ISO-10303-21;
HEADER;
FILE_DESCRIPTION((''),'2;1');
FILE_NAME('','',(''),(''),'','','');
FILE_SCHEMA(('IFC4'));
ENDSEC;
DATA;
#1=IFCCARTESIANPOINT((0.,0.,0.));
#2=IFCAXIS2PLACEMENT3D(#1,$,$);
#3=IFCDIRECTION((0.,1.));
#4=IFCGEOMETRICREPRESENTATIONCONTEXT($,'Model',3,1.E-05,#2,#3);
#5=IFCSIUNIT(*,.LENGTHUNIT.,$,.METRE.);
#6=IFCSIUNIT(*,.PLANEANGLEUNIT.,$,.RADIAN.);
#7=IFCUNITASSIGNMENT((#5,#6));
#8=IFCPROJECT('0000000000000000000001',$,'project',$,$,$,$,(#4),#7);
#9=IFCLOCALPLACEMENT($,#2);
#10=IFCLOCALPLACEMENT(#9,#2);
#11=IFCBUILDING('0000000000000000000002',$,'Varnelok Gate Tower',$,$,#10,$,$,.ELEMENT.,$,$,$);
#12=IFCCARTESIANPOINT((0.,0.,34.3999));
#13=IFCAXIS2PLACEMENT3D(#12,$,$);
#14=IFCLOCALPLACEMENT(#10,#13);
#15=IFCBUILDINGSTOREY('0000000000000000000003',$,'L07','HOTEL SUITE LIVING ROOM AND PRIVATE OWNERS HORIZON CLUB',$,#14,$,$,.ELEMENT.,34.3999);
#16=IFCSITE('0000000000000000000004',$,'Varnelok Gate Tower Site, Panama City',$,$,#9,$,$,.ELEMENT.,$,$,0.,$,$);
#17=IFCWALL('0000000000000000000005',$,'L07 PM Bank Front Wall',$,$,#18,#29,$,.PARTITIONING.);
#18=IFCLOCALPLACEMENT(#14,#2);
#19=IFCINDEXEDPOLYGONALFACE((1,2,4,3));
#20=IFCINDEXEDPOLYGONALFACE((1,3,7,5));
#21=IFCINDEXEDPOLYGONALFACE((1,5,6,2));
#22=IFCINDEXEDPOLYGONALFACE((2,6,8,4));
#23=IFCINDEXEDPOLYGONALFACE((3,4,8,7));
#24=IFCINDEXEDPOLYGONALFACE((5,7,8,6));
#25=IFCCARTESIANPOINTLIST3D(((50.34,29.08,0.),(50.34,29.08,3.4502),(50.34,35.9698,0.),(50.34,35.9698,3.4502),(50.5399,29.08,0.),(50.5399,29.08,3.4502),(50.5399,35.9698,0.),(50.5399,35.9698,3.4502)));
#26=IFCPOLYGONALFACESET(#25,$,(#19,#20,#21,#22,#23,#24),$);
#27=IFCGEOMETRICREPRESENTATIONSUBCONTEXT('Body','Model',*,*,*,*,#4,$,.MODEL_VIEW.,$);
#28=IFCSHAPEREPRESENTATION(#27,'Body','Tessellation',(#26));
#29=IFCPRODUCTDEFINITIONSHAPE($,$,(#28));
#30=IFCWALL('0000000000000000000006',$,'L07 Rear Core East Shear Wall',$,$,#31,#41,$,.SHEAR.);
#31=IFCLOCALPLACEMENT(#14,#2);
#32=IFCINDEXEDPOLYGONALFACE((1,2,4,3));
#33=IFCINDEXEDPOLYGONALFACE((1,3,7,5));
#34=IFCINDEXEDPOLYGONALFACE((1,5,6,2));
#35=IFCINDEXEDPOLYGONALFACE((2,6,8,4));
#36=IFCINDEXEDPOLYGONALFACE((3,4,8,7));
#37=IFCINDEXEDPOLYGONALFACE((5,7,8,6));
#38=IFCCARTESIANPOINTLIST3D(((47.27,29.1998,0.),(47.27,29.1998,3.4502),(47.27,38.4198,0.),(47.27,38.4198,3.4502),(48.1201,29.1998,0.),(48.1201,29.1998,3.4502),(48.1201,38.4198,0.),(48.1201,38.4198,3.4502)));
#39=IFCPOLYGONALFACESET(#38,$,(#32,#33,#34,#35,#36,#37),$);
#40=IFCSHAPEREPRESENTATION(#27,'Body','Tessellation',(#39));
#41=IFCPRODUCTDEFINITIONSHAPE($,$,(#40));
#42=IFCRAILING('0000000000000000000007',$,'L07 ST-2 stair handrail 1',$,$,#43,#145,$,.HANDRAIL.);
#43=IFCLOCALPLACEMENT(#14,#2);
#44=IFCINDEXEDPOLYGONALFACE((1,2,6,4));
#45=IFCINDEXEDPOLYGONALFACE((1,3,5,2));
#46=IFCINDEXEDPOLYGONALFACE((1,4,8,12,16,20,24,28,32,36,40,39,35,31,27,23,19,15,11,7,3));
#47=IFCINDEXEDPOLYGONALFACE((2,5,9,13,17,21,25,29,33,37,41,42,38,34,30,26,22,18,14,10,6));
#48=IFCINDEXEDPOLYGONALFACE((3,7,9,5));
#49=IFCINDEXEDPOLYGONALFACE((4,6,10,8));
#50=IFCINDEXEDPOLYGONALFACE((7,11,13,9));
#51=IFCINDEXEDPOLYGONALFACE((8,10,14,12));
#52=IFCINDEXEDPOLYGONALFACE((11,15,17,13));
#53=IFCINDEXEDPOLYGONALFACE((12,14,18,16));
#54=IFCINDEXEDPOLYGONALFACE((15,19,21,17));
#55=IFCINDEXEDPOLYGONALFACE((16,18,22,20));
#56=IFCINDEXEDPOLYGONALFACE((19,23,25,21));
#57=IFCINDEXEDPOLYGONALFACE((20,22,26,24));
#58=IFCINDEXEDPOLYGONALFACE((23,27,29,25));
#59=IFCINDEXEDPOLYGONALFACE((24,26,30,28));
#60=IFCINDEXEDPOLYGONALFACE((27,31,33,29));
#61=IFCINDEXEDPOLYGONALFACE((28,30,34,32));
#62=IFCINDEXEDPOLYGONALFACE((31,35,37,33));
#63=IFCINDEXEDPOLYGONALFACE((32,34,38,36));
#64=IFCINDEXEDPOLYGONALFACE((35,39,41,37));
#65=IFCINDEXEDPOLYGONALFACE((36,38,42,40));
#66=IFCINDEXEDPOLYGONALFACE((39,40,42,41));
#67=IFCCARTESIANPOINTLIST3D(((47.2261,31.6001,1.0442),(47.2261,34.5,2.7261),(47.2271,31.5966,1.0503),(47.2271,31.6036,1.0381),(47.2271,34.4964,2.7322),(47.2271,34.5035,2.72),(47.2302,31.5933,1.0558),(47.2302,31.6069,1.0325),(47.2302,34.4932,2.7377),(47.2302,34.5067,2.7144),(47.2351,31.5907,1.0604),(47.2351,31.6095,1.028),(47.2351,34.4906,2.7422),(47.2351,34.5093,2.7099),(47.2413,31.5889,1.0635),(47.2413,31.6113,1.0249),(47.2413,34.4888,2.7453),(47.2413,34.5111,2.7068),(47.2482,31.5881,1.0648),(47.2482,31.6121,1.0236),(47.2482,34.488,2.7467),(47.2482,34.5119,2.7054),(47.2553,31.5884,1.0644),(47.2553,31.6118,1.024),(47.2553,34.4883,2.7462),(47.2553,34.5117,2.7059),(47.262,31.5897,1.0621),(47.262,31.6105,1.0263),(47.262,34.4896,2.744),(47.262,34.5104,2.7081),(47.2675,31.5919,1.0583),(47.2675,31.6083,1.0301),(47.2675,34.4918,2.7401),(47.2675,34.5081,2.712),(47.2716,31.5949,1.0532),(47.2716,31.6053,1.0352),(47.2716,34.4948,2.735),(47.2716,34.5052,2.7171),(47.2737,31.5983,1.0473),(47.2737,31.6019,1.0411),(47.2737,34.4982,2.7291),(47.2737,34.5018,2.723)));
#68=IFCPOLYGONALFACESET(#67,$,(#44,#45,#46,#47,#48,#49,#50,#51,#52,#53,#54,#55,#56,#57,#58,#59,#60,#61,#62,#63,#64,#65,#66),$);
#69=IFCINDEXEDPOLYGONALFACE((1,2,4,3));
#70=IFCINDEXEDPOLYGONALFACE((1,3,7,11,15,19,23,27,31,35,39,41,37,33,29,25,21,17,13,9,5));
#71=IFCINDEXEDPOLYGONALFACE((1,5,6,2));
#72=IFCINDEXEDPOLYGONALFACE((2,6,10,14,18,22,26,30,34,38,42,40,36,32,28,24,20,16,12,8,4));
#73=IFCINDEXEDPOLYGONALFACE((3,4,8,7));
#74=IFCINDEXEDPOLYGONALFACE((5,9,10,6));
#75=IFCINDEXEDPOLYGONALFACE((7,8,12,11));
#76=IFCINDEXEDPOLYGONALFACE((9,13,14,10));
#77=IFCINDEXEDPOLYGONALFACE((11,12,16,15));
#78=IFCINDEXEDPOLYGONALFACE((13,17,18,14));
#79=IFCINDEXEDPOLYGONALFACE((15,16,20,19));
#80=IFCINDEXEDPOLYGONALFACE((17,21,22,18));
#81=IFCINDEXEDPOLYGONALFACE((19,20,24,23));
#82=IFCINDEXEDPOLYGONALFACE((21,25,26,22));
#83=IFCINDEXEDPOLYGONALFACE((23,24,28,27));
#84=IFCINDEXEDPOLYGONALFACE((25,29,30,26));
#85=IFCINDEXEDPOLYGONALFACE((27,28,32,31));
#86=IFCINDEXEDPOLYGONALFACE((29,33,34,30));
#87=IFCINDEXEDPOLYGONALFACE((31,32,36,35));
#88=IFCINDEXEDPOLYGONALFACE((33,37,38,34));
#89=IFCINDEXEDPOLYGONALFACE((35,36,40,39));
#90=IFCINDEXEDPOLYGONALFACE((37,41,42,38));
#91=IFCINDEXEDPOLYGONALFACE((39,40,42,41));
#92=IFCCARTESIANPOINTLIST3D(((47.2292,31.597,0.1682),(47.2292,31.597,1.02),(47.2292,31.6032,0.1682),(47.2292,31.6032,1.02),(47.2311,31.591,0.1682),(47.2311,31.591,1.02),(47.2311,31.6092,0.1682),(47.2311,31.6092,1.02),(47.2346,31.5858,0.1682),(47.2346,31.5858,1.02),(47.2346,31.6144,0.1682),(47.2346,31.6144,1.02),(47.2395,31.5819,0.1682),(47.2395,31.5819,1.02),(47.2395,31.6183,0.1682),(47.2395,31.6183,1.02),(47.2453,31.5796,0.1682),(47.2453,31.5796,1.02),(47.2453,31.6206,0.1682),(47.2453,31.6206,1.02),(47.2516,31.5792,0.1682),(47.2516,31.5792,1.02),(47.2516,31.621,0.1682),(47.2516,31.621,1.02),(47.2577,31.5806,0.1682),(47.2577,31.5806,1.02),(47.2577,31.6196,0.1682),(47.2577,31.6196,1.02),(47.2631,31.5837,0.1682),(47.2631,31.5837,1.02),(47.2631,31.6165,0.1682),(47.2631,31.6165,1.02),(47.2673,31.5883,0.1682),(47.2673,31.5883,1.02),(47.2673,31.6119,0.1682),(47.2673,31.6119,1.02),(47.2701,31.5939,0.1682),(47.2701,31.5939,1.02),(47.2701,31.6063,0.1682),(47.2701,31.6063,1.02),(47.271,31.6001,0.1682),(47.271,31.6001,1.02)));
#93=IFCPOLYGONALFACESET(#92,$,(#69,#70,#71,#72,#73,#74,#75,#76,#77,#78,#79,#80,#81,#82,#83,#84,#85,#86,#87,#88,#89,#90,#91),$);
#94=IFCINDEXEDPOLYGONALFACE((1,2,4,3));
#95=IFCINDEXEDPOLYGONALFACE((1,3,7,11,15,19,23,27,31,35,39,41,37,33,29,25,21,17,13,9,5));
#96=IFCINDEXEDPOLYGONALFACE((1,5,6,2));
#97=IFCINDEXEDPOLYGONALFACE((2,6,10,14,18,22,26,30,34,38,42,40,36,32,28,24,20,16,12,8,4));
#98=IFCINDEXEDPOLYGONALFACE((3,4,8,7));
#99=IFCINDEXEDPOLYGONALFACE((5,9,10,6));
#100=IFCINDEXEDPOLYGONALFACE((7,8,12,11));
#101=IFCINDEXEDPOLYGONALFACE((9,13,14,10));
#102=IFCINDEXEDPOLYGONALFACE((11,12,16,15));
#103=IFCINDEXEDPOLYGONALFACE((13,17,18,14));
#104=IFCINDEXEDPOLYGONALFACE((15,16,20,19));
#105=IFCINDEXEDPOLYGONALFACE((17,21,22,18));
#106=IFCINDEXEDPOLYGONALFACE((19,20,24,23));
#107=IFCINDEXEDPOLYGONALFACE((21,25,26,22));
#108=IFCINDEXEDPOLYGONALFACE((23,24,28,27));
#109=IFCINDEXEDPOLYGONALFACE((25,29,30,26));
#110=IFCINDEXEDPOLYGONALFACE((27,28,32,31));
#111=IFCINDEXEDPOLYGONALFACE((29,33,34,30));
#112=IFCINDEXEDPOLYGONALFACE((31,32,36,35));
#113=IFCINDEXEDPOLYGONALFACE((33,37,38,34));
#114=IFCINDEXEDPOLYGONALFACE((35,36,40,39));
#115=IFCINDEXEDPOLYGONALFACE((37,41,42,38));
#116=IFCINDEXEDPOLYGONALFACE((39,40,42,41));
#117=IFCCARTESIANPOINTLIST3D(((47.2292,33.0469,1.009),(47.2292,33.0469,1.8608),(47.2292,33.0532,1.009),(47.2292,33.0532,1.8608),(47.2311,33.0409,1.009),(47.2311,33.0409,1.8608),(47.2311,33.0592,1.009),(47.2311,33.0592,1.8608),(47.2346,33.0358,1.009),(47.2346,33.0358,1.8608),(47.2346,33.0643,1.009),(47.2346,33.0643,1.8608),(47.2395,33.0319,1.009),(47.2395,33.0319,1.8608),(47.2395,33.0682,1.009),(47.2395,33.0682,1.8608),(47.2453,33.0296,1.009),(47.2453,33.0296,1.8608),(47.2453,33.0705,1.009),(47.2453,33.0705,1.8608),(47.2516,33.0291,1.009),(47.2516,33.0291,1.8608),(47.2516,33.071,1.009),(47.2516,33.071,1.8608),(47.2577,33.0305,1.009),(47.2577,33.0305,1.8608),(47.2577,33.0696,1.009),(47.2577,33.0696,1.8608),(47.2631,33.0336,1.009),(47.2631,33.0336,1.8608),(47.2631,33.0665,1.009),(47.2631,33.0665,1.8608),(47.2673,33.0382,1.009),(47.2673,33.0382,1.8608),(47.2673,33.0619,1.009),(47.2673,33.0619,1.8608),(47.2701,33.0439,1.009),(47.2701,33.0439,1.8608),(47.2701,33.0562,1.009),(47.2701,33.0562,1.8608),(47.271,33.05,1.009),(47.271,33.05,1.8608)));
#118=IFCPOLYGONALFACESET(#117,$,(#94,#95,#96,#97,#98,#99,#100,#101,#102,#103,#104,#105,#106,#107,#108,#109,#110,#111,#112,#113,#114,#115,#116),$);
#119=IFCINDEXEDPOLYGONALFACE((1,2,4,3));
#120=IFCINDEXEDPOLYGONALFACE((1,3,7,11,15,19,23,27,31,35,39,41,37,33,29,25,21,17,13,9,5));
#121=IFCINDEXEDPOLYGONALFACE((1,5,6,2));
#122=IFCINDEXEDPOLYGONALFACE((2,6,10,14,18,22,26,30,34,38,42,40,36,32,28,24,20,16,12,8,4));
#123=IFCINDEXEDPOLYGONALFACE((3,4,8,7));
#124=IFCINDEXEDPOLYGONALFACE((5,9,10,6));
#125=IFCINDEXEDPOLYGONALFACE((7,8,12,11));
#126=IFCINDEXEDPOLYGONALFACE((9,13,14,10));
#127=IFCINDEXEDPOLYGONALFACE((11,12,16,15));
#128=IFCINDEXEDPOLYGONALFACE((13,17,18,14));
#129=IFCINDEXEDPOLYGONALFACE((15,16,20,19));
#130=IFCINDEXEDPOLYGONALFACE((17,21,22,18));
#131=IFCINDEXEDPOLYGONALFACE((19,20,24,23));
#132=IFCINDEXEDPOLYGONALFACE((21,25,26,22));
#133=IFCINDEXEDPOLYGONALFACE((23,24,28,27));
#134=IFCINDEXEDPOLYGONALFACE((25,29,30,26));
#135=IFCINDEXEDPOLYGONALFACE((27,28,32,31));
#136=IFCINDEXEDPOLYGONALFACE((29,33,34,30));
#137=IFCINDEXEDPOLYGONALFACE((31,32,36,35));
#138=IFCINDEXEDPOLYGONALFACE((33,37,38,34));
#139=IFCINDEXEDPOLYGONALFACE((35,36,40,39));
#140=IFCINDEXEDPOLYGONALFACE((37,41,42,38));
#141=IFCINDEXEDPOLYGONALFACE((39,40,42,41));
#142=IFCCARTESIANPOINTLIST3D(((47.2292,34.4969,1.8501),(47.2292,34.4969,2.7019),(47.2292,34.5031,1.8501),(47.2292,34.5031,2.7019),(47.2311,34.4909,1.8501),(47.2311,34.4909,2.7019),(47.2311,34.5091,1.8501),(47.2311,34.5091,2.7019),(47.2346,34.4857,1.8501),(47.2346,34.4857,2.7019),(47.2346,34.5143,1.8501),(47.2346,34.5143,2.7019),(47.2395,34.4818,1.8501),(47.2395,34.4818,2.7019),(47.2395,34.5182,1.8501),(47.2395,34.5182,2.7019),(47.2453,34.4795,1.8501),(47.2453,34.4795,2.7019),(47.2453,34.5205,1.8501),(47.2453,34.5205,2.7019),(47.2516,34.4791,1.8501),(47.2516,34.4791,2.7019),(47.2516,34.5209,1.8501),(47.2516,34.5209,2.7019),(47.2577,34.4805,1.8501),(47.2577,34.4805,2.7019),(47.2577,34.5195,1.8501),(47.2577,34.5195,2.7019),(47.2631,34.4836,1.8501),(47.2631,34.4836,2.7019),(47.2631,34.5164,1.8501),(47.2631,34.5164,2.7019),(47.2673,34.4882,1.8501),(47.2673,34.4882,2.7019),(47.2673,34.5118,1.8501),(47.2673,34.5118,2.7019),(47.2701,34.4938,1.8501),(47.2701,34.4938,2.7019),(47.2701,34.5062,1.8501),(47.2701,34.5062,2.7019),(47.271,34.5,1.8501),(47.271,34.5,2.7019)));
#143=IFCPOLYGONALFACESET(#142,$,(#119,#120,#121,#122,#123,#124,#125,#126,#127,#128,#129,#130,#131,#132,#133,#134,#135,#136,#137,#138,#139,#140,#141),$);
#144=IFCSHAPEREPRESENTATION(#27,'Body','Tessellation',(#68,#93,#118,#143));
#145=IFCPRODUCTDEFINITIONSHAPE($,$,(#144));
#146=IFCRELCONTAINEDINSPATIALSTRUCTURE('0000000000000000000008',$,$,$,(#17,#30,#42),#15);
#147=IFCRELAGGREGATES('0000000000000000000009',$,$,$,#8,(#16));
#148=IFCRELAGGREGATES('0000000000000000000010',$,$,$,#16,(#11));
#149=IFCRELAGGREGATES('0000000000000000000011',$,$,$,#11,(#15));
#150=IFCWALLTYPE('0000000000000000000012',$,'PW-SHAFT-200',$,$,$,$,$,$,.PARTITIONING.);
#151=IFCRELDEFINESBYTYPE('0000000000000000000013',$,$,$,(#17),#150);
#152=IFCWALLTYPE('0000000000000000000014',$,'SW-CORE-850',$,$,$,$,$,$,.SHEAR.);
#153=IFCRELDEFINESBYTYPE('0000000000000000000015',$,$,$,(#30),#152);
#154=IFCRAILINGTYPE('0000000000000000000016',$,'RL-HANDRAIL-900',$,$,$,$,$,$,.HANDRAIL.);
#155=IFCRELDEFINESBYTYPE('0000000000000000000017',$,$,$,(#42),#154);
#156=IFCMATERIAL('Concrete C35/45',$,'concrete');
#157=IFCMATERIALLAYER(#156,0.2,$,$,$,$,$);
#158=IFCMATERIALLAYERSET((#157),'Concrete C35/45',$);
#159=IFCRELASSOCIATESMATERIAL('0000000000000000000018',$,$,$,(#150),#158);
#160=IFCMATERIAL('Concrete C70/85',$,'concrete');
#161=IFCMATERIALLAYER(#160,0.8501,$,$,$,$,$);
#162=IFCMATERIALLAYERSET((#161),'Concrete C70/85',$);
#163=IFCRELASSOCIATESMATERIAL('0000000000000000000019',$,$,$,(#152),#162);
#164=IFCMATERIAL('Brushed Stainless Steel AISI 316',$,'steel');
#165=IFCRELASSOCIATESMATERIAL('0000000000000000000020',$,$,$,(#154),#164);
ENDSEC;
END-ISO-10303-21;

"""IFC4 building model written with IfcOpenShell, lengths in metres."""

from ifc_helpers import new_model, si_unit, direction, frame, frame_2d, origin, origin_2d, place, context, subcontext, project, spatial, rectangle, circle, extrude, material, layer, layer_set, type_object, element, save


model = new_model("IFC4")

# Units and contexts
model_context = context("Model", 3, precision=1e-05, world=origin(), true_north=direction((0.0, 1.0)))
body_context = subcontext(model_context, "Body", "Model", "MODEL_VIEW")
ifc_project = project(units=[si_unit("LENGTHUNIT", "METRE"), si_unit("PLANEANGLEUNIT", "RADIAN")], contexts=[model_context])

# Site, building, storey
site_placement = place(None, origin())
site = spatial("IfcSite", under=ifc_project, at=site_placement, Name="Varnelok Gate Tower Site, Panama City", CompositionType="ELEMENT", RefElevation=0.0)
building_placement = place(site_placement, origin())
building = spatial("IfcBuilding", under=site, at=building_placement, Name="Varnelok Gate Tower", CompositionType="ELEMENT")
storey_placement = place(building_placement, frame((0.0, 0.0, 34.3999)))
storey = spatial("IfcBuildingStorey", under=building, at=storey_placement, Name="L07", Description="HOTEL SUITE LIVING ROOM AND PRIVATE OWNERS HORIZON CLUB", CompositionType="ELEMENT", Elevation=34.3999)

# Shared definitions
ifc_material_1 = material(Name="Concrete C70/85", Category="concrete")

# Walls
ifc_material_2 = material(Name="Concrete C35/45", Category="concrete")
ifc_layer_1 = layer(ifc_material_2, 0.2)
ifc_layer_set_1 = layer_set([ifc_layer_1], Name="Concrete C35/45")
wall_type_1 = type_object("IfcWallType", Name="PW-SHAFT-200", PredefinedType="PARTITIONING", material=ifc_layer_set_1)
for number, where, z_axis, x_axis, name in (
    (1, (50.4399, 29.0801, 0.0), (0.0, 0.0, 1.0), (0.0, 1.0, 0.0), "L07 PM Bank Front Wall"),
):
    element("IfcWall", number, at=place(storey_placement, frame(where, z_axis=z_axis, x_axis=x_axis)), inside=storey, type_object=wall_type_1, Name=name, PredefinedType="PARTITIONING", context=body_context, shape_type="SweptSolid", body=[
        extrude(rectangle(XDim=6.8899, YDim=0.2, at=frame_2d((3.4448, 0.0))), origin(), (0.0, 0.0, 1.0), 3.4502),
    ])
ifc_layer_2 = layer(ifc_material_1, 0.8501)
ifc_layer_set_2 = layer_set([ifc_layer_2], Name="Concrete C70/85")
wall_type_2 = type_object("IfcWallType", Name="SW-CORE-850", PredefinedType="SHEAR", material=ifc_layer_set_2)
wall_1_placement = place(storey_placement, frame((47.6951, 29.2, 0.0), z_axis=(0.0, 0.0, 1.0), x_axis=(0.0, 1.0, 0.0)))
element("IfcWall", 2, at=wall_1_placement, inside=storey, type_object=wall_type_2, Name="L07 Rear Core East Shear Wall", PredefinedType="SHEAR", context=body_context, shape_type="SweptSolid", body=[
    extrude(rectangle(XDim=9.22, YDim=0.8501, at=frame_2d((4.6099, 0.0))), origin(), (0.0, 0.0, 1.0), 3.4502),
])

# Railing
ifc_material_3 = material(Name="Brushed Stainless Steel AISI 316", Category="steel")
railing_type = type_object("IfcRailingType", Name="RL-HANDRAIL-900", PredefinedType="HANDRAIL", material=ifc_material_3)
railing_placement = place(storey_placement, frame((47.25, 31.6001, 0.1682)))
element("IfcRailing", 3, at=railing_placement, inside=storey, type_object=railing_type, Name="L07 ST-2 stair handrail 1", PredefinedType="HANDRAIL", context=body_context, shape_type="SweptSolid", body=[
    extrude(circle(Radius=0.0239, at=origin_2d()), frame((0.0, 0.0, 0.876), z_axis=(0.0, 0.865039, 0.501705), x_axis=(-1.0, 0.0, 0.0)), (0.0, 0.0, 1.0), 3.3523),
    extrude(circle(Radius=0.021, at=origin_2d()), origin(), (0.0, 0.0, 1.0), 0.8518),
    extrude(circle(Radius=0.021, at=origin_2d()), frame((0.0, 1.45, 0.8408)), (0.0, 0.0, 1.0), 0.8518),
    extrude(circle(Radius=0.021, at=origin_2d()), frame((0.0, 2.8999, 1.6819)), (0.0, 0.0, 1.0), 0.8518),
])

save(model, "model.ifc")
